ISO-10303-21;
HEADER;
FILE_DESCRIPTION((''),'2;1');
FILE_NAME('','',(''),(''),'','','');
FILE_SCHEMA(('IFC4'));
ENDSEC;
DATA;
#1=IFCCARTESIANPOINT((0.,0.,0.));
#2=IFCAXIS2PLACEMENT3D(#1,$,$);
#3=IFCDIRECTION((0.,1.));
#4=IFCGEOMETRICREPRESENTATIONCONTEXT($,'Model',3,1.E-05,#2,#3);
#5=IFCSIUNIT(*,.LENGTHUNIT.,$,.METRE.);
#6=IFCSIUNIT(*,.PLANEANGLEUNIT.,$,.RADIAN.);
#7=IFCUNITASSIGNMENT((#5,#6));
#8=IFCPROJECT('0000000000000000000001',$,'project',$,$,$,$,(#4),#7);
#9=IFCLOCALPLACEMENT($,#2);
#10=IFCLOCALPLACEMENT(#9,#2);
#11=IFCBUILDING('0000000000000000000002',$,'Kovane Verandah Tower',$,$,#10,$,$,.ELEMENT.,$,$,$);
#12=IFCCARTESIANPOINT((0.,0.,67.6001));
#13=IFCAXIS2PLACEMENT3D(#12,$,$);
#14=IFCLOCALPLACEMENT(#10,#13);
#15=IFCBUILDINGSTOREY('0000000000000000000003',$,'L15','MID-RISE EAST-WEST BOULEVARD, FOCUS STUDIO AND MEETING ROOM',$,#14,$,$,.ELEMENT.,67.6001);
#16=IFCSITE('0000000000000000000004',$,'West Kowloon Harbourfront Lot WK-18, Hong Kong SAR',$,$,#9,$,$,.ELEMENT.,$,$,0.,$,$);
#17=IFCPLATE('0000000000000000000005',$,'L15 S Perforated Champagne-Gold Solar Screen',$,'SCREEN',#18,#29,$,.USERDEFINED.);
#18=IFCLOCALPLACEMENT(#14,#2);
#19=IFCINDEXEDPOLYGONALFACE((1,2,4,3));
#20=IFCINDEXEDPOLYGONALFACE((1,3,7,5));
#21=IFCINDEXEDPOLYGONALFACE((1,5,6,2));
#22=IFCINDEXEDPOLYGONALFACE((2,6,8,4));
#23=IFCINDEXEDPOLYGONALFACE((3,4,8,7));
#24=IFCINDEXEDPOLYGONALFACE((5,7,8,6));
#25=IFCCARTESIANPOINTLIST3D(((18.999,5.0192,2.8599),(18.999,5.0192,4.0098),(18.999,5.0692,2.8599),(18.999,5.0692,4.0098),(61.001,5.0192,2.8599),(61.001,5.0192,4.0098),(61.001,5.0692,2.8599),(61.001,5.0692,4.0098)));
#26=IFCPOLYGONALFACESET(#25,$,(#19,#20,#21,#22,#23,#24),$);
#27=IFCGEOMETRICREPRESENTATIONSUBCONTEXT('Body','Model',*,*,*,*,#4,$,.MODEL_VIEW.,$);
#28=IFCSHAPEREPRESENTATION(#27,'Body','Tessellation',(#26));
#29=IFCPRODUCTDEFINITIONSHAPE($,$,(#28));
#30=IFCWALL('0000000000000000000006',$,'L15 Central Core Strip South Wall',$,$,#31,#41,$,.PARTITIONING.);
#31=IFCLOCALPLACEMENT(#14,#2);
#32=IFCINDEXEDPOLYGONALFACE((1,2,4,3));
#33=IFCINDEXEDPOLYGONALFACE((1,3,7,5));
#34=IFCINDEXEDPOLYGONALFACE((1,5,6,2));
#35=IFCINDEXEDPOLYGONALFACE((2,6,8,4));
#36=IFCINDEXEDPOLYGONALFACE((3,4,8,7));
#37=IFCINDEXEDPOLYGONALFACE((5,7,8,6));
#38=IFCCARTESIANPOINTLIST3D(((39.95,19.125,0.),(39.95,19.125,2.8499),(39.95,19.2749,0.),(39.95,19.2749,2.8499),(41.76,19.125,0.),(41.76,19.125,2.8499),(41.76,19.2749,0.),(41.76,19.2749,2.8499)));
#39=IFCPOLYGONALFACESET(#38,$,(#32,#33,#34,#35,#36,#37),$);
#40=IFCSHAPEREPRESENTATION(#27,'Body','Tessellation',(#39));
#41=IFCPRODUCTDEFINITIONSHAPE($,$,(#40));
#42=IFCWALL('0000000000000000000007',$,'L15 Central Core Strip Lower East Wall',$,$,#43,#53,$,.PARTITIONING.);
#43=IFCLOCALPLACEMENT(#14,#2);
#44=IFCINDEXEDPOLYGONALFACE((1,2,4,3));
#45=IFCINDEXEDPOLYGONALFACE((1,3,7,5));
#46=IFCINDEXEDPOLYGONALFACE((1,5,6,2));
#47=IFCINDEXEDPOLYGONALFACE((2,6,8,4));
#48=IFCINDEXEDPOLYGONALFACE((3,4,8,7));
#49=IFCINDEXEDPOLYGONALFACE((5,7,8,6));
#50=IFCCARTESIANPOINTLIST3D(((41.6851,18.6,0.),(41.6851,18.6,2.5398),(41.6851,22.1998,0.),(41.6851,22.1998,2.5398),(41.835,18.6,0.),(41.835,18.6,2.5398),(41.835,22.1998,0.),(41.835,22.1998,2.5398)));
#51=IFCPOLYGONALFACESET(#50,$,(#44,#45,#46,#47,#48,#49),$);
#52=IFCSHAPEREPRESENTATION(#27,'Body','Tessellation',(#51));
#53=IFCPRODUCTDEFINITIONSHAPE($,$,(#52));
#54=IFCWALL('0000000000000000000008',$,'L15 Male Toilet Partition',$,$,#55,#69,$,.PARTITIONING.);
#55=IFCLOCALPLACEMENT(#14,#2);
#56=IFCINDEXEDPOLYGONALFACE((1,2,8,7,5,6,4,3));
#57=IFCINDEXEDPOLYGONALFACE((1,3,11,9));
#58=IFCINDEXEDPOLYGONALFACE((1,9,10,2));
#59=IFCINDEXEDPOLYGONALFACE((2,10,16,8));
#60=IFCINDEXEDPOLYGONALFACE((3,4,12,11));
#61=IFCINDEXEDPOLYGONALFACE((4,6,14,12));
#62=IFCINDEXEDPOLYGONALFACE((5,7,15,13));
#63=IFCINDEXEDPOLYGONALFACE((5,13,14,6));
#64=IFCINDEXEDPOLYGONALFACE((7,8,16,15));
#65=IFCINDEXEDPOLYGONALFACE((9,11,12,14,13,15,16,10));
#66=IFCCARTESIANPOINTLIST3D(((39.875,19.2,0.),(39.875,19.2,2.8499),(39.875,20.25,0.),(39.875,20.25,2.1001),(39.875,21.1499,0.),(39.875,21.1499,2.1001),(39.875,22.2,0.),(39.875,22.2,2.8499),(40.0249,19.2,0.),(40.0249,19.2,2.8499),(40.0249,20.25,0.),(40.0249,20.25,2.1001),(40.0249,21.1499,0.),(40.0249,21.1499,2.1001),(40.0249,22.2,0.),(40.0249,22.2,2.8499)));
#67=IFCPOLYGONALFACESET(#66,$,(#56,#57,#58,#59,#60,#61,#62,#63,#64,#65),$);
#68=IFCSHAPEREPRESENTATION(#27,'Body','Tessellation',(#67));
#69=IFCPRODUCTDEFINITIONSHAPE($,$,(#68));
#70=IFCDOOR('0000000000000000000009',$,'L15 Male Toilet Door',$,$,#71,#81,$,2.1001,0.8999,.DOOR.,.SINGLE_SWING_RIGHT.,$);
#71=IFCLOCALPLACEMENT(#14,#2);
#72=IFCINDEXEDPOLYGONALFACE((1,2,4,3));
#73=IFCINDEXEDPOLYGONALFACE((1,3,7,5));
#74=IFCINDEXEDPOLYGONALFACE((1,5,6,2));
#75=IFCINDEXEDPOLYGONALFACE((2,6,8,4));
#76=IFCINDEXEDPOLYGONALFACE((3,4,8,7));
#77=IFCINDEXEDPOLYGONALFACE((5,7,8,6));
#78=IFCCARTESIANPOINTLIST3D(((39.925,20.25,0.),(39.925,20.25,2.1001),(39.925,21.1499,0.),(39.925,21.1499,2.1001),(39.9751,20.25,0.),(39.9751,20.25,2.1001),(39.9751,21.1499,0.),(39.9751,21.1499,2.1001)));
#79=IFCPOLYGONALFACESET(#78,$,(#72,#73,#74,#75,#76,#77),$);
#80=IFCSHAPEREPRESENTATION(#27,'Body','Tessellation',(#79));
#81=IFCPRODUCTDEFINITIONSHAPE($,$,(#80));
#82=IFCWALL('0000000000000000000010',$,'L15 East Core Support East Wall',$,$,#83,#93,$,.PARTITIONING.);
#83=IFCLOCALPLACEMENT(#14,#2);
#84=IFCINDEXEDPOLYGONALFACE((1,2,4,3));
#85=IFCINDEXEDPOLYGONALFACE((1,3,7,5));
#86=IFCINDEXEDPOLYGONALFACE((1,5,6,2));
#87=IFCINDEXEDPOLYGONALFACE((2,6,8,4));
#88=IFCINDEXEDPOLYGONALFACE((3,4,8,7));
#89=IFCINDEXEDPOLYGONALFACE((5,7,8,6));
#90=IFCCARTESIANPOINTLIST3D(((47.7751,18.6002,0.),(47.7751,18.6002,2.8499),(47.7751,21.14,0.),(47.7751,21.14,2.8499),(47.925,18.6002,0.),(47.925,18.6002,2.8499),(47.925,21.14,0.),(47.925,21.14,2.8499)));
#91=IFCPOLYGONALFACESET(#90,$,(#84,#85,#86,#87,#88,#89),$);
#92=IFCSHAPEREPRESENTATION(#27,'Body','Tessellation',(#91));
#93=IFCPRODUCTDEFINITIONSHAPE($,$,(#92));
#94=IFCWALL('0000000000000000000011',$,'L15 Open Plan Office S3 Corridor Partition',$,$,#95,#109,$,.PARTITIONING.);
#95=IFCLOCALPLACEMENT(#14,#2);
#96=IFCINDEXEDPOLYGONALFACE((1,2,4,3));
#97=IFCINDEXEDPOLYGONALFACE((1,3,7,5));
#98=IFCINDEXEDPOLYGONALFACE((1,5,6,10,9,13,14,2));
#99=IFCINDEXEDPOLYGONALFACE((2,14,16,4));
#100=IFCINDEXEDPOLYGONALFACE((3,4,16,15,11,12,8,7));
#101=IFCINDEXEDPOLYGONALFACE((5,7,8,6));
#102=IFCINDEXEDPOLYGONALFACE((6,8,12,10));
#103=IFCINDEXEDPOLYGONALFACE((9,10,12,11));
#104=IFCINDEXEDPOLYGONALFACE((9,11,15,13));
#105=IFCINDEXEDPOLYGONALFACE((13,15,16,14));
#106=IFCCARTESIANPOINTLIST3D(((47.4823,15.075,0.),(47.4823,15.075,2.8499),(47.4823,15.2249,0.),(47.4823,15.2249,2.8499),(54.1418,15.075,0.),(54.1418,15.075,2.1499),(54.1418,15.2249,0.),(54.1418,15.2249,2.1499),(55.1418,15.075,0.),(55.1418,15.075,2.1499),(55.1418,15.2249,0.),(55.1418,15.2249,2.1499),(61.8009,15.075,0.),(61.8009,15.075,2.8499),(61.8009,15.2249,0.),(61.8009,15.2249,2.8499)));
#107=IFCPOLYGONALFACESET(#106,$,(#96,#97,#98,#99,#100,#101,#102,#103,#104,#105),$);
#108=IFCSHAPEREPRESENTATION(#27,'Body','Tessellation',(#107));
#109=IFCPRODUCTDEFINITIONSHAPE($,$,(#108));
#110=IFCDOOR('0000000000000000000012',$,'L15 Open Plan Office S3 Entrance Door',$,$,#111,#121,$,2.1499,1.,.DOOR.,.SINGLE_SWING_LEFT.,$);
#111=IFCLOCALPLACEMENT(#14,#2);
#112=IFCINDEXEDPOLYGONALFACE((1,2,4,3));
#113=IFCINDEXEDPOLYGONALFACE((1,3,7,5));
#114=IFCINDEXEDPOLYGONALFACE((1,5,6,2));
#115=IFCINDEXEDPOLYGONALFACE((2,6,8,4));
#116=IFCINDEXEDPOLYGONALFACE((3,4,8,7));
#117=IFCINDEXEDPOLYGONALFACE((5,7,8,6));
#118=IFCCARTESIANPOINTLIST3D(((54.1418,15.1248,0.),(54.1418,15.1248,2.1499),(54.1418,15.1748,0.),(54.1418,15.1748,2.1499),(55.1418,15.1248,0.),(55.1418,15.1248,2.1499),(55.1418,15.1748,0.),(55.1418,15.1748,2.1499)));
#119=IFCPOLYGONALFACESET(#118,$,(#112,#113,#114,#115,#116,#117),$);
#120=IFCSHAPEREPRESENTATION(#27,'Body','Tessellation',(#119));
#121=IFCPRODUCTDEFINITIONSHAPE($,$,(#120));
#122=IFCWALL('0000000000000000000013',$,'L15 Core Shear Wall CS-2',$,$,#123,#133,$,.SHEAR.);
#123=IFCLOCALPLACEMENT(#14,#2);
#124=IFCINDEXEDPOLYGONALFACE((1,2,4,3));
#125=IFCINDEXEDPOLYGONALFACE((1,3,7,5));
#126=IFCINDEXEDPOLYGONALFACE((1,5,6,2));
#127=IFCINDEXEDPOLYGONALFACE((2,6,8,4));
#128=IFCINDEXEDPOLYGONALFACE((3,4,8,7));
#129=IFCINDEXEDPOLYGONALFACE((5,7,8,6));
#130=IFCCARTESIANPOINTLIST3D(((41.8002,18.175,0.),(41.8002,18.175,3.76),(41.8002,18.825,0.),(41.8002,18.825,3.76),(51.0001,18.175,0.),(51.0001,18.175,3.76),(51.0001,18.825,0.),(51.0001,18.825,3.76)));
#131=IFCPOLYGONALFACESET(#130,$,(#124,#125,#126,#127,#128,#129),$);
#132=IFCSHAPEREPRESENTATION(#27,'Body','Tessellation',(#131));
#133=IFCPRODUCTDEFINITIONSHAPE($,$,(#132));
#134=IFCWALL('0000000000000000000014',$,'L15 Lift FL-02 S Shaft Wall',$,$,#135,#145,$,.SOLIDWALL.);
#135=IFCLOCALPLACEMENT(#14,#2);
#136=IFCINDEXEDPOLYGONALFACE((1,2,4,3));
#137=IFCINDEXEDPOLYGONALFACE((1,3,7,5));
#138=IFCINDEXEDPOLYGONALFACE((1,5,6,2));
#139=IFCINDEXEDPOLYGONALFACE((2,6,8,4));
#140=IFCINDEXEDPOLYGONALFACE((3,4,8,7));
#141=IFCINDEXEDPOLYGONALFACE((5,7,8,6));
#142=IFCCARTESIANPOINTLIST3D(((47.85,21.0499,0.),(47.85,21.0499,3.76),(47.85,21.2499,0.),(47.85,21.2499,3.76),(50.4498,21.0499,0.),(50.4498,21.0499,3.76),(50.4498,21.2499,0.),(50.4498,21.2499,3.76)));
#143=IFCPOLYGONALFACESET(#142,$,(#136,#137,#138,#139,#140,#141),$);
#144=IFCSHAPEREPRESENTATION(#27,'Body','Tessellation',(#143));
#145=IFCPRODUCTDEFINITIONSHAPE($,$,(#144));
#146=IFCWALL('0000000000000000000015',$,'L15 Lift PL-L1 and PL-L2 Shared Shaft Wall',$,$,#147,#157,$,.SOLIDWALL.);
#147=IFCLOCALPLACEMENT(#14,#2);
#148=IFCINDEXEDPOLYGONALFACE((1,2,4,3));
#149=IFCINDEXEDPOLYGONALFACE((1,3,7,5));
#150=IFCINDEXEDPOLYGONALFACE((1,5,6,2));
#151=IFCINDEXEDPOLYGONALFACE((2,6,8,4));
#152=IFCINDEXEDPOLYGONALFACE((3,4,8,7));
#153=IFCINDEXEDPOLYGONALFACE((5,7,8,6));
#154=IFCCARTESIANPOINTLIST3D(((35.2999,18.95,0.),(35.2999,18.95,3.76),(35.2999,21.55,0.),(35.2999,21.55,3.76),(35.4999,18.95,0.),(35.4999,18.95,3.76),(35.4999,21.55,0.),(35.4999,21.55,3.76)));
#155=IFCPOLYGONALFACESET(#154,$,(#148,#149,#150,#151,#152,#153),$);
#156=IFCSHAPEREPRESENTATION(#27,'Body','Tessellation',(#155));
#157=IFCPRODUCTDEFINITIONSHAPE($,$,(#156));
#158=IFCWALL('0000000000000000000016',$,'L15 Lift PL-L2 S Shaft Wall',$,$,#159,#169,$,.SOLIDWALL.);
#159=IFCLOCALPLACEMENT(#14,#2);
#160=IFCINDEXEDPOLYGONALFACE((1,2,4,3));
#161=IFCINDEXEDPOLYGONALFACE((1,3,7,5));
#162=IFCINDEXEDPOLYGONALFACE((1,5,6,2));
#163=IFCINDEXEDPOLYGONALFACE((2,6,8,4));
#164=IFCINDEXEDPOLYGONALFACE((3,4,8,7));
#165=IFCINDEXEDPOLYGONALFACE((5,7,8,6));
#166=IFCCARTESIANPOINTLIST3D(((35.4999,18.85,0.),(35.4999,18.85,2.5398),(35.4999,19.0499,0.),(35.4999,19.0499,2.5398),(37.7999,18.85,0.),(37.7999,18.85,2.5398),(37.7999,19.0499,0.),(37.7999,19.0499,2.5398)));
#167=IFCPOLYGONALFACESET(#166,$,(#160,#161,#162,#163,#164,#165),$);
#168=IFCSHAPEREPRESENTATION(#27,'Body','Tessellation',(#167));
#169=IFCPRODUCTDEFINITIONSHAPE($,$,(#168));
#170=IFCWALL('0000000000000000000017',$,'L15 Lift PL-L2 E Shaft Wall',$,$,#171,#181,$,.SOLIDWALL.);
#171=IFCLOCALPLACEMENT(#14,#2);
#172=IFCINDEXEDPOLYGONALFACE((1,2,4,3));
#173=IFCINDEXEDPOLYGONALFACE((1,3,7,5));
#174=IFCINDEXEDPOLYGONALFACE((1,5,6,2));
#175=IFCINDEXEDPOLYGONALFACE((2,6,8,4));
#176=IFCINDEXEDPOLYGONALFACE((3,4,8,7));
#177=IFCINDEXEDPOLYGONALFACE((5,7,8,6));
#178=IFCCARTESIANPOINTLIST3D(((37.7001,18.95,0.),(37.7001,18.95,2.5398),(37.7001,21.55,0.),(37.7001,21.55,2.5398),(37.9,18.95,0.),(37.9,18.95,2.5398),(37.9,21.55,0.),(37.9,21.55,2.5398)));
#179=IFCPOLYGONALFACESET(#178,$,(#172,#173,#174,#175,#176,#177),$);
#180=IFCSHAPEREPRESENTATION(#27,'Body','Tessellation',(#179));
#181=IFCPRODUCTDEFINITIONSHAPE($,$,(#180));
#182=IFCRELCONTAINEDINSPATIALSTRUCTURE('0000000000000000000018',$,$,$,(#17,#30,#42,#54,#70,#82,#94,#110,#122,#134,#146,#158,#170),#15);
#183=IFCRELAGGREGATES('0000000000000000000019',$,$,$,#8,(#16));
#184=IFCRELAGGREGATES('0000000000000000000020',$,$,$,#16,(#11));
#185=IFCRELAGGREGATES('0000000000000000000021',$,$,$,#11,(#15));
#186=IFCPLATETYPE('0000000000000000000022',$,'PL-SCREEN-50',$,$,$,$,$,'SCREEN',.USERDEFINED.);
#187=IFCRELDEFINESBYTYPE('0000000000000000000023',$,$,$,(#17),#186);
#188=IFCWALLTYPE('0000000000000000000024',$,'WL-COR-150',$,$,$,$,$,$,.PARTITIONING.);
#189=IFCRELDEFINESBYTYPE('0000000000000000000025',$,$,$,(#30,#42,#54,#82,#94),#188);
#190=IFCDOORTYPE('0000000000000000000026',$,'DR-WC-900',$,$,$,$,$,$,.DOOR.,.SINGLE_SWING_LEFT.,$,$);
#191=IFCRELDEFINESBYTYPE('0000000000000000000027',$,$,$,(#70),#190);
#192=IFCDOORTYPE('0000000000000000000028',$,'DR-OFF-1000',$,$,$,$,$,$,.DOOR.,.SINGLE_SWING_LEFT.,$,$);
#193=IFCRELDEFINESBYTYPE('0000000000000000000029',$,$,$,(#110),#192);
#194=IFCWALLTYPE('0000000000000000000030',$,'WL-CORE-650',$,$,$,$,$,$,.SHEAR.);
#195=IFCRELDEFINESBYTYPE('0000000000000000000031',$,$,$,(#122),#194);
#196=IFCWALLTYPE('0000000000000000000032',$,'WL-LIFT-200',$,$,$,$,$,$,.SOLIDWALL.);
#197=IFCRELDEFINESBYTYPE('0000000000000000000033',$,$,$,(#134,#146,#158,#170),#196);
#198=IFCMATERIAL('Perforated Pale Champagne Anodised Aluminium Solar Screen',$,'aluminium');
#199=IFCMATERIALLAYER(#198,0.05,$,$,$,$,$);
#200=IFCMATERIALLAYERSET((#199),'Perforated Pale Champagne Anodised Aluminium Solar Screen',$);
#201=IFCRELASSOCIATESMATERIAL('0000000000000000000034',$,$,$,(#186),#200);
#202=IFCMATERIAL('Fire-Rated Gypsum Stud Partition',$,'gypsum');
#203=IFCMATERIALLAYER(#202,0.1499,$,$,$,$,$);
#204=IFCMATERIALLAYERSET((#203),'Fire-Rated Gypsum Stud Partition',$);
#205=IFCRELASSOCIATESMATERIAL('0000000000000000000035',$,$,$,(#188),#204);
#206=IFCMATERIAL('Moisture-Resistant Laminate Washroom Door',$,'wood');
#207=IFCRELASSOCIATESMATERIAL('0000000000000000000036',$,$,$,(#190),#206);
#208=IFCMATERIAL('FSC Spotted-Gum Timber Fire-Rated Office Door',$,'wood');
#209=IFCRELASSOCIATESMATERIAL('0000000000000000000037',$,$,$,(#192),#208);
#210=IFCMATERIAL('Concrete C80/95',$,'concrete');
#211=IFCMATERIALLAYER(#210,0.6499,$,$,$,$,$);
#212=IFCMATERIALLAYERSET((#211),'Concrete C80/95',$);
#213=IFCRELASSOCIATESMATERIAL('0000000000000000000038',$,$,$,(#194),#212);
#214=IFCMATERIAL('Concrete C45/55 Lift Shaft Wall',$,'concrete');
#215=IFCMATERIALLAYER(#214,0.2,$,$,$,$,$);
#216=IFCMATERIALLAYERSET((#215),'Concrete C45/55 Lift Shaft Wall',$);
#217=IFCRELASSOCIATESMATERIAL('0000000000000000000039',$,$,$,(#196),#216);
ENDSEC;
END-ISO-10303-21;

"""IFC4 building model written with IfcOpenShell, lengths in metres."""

from ifc_helpers import new_model, si_unit, direction, frame, frame_2d, origin, origin_2d, place, context, subcontext, project, spatial, rectangle, extrude, material, layer, layer_set, type_object, element, fill, save


model = new_model("IFC4")

# Units and contexts
model_context = context("Model", 3, precision=1e-05, world=origin(), true_north=direction((0.0, 1.0)))
body_context = subcontext(model_context, "Body", "Model", "MODEL_VIEW")
ifc_project = project(units=[si_unit("LENGTHUNIT", "METRE"), si_unit("PLANEANGLEUNIT", "RADIAN")], contexts=[model_context])

# Site, building, storey
site_placement = place(None, origin())
site = spatial("IfcSite", under=ifc_project, at=site_placement, Name="West Kowloon Harbourfront Lot WK-18, Hong Kong SAR", CompositionType="ELEMENT", RefElevation=0.0)
building_placement = place(site_placement, origin())
building = spatial("IfcBuilding", under=site, at=building_placement, Name="Kovane Verandah Tower", CompositionType="ELEMENT")
storey_placement = place(building_placement, frame((0.0, 0.0, 67.6001)))
storey = spatial("IfcBuildingStorey", under=building, at=storey_placement, Name="L15", Description="MID-RISE EAST-WEST BOULEVARD, FOCUS STUDIO AND MEETING ROOM", CompositionType="ELEMENT", Elevation=67.6001)

# Shared definitions
ifc_material_1 = material(Name="Concrete C80/95", Category="concrete")

# Plate
ifc_material_2 = material(Name="Perforated Pale Champagne Anodised Aluminium Solar Screen", Category="aluminium")
ifc_layer_1 = layer(ifc_material_2, 0.05)
ifc_layer_set_1 = layer_set([ifc_layer_1], Name="Perforated Pale Champagne Anodised Aluminium Solar Screen")
plate_type = type_object("IfcPlateType", Name="PL-SCREEN-50", ElementType="SCREEN", PredefinedType="USERDEFINED", material=ifc_layer_set_1)
plate_placement = place(storey_placement, frame((40.0, 5.0442, 2.8599), z_axis=(0.0, 0.0, 1.0), x_axis=(1.0, 0.0, 0.0)))
element("IfcPlate", 1, at=plate_placement, inside=storey, type_object=plate_type, Name="L15 S Perforated Champagne-Gold Solar Screen", ObjectType="SCREEN", PredefinedType="USERDEFINED", context=body_context, shape_type="SweptSolid", body=[
    extrude(rectangle(XDim=42.002, YDim=0.05, at=origin_2d()), origin(), (0.0, 0.0, 1.0), 1.1499),
])

# Walls
ifc_material_3 = material(Name="Fire-Rated Gypsum Stud Partition", Category="gypsum")
ifc_layer_2 = layer(ifc_material_3, 0.1499)
ifc_layer_set_2 = layer_set([ifc_layer_2], Name="Fire-Rated Gypsum Stud Partition")
wall_type_1 = type_object("IfcWallType", Name="WL-COR-150", PredefinedType="PARTITIONING", material=ifc_layer_set_2)
wall_1_placement = place(storey_placement, frame((39.95, 19.2, 0.0), z_axis=(0.0, 0.0, 1.0), x_axis=(1.0, 0.0, 0.0)))
element("IfcWall", 2, at=wall_1_placement, inside=storey, type_object=wall_type_1, Name="L15 Central Core Strip South Wall", PredefinedType="PARTITIONING", context=body_context, shape_type="SweptSolid", body=[
    extrude(rectangle(XDim=1.8101, YDim=0.1499, at=frame_2d((0.905, 0.0))), origin(), (0.0, 0.0, 1.0), 2.8499),
])
wall_2_placement = place(storey_placement, frame((41.76, 18.6001, 0.0), z_axis=(0.0, 0.0, 1.0), x_axis=(0.0, 1.0, 0.0)))
element("IfcWall", 3, at=wall_2_placement, inside=storey, type_object=wall_type_1, Name="L15 Central Core Strip Lower East Wall", PredefinedType="PARTITIONING", context=body_context, shape_type="SweptSolid", body=[
    extrude(rectangle(XDim=3.5999, YDim=0.1499, at=frame_2d((1.7998, 0.0))), origin(), (0.0, 0.0, 1.0), 2.5398),
])

# Wall, opening, door
wall_3_placement = place(storey_placement, frame((39.95, 19.2, 0.0), z_axis=(0.0, 0.0, 1.0), x_axis=(0.0, 1.0, 0.0)))
wall_3 = element("IfcWall", 4, at=wall_3_placement, inside=storey, type_object=wall_type_1, Name="L15 Male Toilet Partition", PredefinedType="PARTITIONING", context=body_context, shape_type="SweptSolid", body=[
    extrude(rectangle(XDim=3.0, YDim=0.1499, at=frame_2d((1.5, 0.0))), origin(), (0.0, 0.0, 1.0), 2.8499),
])
opening_1_placement = place(wall_3_placement, frame((1.05, 0.0, 0.0)))
opening_1 = element("IfcOpeningElement", 5, at=opening_1_placement, cuts=wall_3, PredefinedType="OPENING", context=body_context, shape_type="SweptSolid", body=[
    extrude(rectangle(XDim=0.8999, YDim=2.1001, at=frame_2d((0.45, 1.05))), frame((0.0, 0.075, 0.0), z_axis=(0.0, -1.0, 0.0), x_axis=(1.0, 0.0, 0.0)), (0.0, 0.0, 1.0), 0.1499),
])
ifc_material_4 = material(Name="Moisture-Resistant Laminate Washroom Door", Category="wood")
door_type_1 = type_object("IfcDoorType", Name="DR-WC-900", OperationType="SINGLE_SWING_LEFT", PredefinedType="DOOR", material=ifc_material_4)
door_1_placement = place(opening_1_placement, origin())
door_1 = element("IfcDoor", 6, at=door_1_placement, inside=storey, type_object=door_type_1, Name="L15 Male Toilet Door", OperationType="SINGLE_SWING_RIGHT", OverallHeight=2.1001, OverallWidth=0.8999, PredefinedType="DOOR", context=body_context, shape_type="SweptSolid", body=[
    extrude(rectangle(XDim=0.8999, YDim=2.1001, at=frame_2d((0.45, 1.05))), frame((0.0, 0.0249, 0.0), z_axis=(0.0, -1.0, 0.0), x_axis=(1.0, 0.0, 0.0)), (0.0, 0.0, 1.0), 0.05),
])
fill(opening_1, door_1)

# Wall
wall_4_placement = place(storey_placement, frame((47.8501, 18.6001, 0.0), z_axis=(0.0, 0.0, 1.0), x_axis=(0.0, 1.0, 0.0)))
element("IfcWall", 7, at=wall_4_placement, inside=storey, type_object=wall_type_1, Name="L15 East Core Support East Wall", PredefinedType="PARTITIONING", context=body_context, shape_type="SweptSolid", body=[
    extrude(rectangle(XDim=2.5398, YDim=0.1499, at=frame_2d((1.27, 0.0))), origin(), (0.0, 0.0, 1.0), 2.8499),
])

# Wall, opening, door
wall_5_placement = place(storey_placement, frame((47.4824, 15.1499, 0.0), z_axis=(0.0, 0.0, 1.0), x_axis=(1.0, 0.0, 0.0)))
wall_5 = element("IfcWall", 8, at=wall_5_placement, inside=storey, type_object=wall_type_1, Name="L15 Open Plan Office S3 Corridor Partition", PredefinedType="PARTITIONING", context=body_context, shape_type="SweptSolid", body=[
    extrude(rectangle(XDim=14.3186, YDim=0.1499, at=frame_2d((7.1592, 0.0))), origin(), (0.0, 0.0, 1.0), 2.8499),
])
opening_2_placement = place(wall_5_placement, frame((6.6594, 0.0, 0.0)))
opening_2 = element("IfcOpeningElement", 9, at=opening_2_placement, cuts=wall_5, PredefinedType="OPENING", context=body_context, shape_type="SweptSolid", body=[
    extrude(rectangle(XDim=1.0, YDim=2.1499, at=frame_2d((0.5, 1.075))), frame((0.0, 0.075, 0.0), z_axis=(0.0, -1.0, 0.0), x_axis=(1.0, 0.0, 0.0)), (0.0, 0.0, 1.0), 0.1499),
])
ifc_material_5 = material(Name="FSC Spotted-Gum Timber Fire-Rated Office Door", Category="wood")
door_type_2 = type_object("IfcDoorType", Name="DR-OFF-1000", OperationType="SINGLE_SWING_LEFT", PredefinedType="DOOR", material=ifc_material_5)
door_2_placement = place(opening_2_placement, origin())
door_2 = element("IfcDoor", 10, at=door_2_placement, inside=storey, type_object=door_type_2, Name="L15 Open Plan Office S3 Entrance Door", OperationType="SINGLE_SWING_LEFT", OverallHeight=2.1499, OverallWidth=1.0, PredefinedType="DOOR", context=body_context, shape_type="SweptSolid", body=[
    extrude(rectangle(XDim=1.0, YDim=2.1499, at=frame_2d((0.5, 1.075))), frame((0.0, 0.0249, 0.0), z_axis=(0.0, -1.0, 0.0), x_axis=(1.0, 0.0, 0.0)), (0.0, 0.0, 1.0), 0.05),
])
fill(opening_2, door_2)

# Walls
ifc_layer_3 = layer(ifc_material_1, 0.6499)
ifc_layer_set_3 = layer_set([ifc_layer_3], Name="Concrete C80/95")
wall_type_2 = type_object("IfcWallType", Name="WL-CORE-650", PredefinedType="SHEAR", material=ifc_layer_set_3)
wall_6_placement = place(storey_placement, frame((41.8, 18.5, 0.0), z_axis=(0.0, 0.0, 1.0), x_axis=(1.0, 0.0, 0.0)))
element("IfcWall", 11, at=wall_6_placement, inside=storey, type_object=wall_type_2, Name="L15 Core Shear Wall CS-2", PredefinedType="SHEAR", context=body_context, shape_type="SweptSolid", body=[
    extrude(rectangle(XDim=9.2, YDim=0.6499, at=frame_2d((4.6001, 0.0))), origin(), (0.0, 0.0, 1.0), 3.76),
])
ifc_material_6 = material(Name="Concrete C45/55 Lift Shaft Wall", Category="concrete")
ifc_layer_4 = layer(ifc_material_6, 0.2)
ifc_layer_set_4 = layer_set([ifc_layer_4], Name="Concrete C45/55 Lift Shaft Wall")
wall_type_3 = type_object("IfcWallType", Name="WL-LIFT-200", PredefinedType="SOLIDWALL", material=ifc_layer_set_4)
wall_7_placement = place(storey_placement, frame((47.8501, 21.1499, 0.0), z_axis=(0.0, 0.0, 1.0), x_axis=(1.0, 0.0, 0.0)))
element("IfcWall", 12, at=wall_7_placement, inside=storey, type_object=wall_type_3, Name="L15 Lift FL-02 S Shaft Wall", PredefinedType="SOLIDWALL", context=body_context, shape_type="SweptSolid", body=[
    extrude(rectangle(XDim=2.5999, YDim=0.2, at=frame_2d((1.2998, 0.0))), origin(), (0.0, 0.0, 1.0), 3.76),
])

# Walls
wall_8_placement = place(storey_placement, frame((35.3999, 18.95, 0.0), z_axis=(0.0, 0.0, 1.0), x_axis=(0.0, 1.0, 0.0)))
element("IfcWall", 13, at=wall_8_placement, inside=storey, type_object=wall_type_3, Name="L15 Lift PL-L1 and PL-L2 Shared Shaft Wall", PredefinedType="SOLIDWALL", context=body_context, shape_type="SweptSolid", body=[
    extrude(rectangle(XDim=2.6001, YDim=0.2, at=frame_2d((1.3, 0.0))), origin(), (0.0, 0.0, 1.0), 3.76),
])
wall_9_placement = place(storey_placement, frame((35.5, 18.95, 0.0), z_axis=(0.0, 0.0, 1.0), x_axis=(1.0, 0.0, 0.0)))
element("IfcWall", 14, at=wall_9_placement, inside=storey, type_object=wall_type_3, Name="L15 Lift PL-L2 S Shaft Wall", PredefinedType="SOLIDWALL", context=body_context, shape_type="SweptSolid", body=[
    extrude(rectangle(XDim=2.3, YDim=0.2, at=frame_2d((1.1499, 0.0))), origin(), (0.0, 0.0, 1.0), 2.5398),
])

# Wall
wall_10_placement = place(storey_placement, frame((37.8, 18.95, 0.0), z_axis=(0.0, 0.0, 1.0), x_axis=(0.0, 1.0, 0.0)))
element("IfcWall", 15, at=wall_10_placement, inside=storey, type_object=wall_type_3, Name="L15 Lift PL-L2 E Shaft Wall", PredefinedType="SOLIDWALL", context=body_context, shape_type="SweptSolid", body=[
    extrude(rectangle(XDim=2.6001, YDim=0.2, at=frame_2d((1.3, 0.0))), origin(), (0.0, 0.0, 1.0), 2.5398),
])

save(model, "model.ifc")
